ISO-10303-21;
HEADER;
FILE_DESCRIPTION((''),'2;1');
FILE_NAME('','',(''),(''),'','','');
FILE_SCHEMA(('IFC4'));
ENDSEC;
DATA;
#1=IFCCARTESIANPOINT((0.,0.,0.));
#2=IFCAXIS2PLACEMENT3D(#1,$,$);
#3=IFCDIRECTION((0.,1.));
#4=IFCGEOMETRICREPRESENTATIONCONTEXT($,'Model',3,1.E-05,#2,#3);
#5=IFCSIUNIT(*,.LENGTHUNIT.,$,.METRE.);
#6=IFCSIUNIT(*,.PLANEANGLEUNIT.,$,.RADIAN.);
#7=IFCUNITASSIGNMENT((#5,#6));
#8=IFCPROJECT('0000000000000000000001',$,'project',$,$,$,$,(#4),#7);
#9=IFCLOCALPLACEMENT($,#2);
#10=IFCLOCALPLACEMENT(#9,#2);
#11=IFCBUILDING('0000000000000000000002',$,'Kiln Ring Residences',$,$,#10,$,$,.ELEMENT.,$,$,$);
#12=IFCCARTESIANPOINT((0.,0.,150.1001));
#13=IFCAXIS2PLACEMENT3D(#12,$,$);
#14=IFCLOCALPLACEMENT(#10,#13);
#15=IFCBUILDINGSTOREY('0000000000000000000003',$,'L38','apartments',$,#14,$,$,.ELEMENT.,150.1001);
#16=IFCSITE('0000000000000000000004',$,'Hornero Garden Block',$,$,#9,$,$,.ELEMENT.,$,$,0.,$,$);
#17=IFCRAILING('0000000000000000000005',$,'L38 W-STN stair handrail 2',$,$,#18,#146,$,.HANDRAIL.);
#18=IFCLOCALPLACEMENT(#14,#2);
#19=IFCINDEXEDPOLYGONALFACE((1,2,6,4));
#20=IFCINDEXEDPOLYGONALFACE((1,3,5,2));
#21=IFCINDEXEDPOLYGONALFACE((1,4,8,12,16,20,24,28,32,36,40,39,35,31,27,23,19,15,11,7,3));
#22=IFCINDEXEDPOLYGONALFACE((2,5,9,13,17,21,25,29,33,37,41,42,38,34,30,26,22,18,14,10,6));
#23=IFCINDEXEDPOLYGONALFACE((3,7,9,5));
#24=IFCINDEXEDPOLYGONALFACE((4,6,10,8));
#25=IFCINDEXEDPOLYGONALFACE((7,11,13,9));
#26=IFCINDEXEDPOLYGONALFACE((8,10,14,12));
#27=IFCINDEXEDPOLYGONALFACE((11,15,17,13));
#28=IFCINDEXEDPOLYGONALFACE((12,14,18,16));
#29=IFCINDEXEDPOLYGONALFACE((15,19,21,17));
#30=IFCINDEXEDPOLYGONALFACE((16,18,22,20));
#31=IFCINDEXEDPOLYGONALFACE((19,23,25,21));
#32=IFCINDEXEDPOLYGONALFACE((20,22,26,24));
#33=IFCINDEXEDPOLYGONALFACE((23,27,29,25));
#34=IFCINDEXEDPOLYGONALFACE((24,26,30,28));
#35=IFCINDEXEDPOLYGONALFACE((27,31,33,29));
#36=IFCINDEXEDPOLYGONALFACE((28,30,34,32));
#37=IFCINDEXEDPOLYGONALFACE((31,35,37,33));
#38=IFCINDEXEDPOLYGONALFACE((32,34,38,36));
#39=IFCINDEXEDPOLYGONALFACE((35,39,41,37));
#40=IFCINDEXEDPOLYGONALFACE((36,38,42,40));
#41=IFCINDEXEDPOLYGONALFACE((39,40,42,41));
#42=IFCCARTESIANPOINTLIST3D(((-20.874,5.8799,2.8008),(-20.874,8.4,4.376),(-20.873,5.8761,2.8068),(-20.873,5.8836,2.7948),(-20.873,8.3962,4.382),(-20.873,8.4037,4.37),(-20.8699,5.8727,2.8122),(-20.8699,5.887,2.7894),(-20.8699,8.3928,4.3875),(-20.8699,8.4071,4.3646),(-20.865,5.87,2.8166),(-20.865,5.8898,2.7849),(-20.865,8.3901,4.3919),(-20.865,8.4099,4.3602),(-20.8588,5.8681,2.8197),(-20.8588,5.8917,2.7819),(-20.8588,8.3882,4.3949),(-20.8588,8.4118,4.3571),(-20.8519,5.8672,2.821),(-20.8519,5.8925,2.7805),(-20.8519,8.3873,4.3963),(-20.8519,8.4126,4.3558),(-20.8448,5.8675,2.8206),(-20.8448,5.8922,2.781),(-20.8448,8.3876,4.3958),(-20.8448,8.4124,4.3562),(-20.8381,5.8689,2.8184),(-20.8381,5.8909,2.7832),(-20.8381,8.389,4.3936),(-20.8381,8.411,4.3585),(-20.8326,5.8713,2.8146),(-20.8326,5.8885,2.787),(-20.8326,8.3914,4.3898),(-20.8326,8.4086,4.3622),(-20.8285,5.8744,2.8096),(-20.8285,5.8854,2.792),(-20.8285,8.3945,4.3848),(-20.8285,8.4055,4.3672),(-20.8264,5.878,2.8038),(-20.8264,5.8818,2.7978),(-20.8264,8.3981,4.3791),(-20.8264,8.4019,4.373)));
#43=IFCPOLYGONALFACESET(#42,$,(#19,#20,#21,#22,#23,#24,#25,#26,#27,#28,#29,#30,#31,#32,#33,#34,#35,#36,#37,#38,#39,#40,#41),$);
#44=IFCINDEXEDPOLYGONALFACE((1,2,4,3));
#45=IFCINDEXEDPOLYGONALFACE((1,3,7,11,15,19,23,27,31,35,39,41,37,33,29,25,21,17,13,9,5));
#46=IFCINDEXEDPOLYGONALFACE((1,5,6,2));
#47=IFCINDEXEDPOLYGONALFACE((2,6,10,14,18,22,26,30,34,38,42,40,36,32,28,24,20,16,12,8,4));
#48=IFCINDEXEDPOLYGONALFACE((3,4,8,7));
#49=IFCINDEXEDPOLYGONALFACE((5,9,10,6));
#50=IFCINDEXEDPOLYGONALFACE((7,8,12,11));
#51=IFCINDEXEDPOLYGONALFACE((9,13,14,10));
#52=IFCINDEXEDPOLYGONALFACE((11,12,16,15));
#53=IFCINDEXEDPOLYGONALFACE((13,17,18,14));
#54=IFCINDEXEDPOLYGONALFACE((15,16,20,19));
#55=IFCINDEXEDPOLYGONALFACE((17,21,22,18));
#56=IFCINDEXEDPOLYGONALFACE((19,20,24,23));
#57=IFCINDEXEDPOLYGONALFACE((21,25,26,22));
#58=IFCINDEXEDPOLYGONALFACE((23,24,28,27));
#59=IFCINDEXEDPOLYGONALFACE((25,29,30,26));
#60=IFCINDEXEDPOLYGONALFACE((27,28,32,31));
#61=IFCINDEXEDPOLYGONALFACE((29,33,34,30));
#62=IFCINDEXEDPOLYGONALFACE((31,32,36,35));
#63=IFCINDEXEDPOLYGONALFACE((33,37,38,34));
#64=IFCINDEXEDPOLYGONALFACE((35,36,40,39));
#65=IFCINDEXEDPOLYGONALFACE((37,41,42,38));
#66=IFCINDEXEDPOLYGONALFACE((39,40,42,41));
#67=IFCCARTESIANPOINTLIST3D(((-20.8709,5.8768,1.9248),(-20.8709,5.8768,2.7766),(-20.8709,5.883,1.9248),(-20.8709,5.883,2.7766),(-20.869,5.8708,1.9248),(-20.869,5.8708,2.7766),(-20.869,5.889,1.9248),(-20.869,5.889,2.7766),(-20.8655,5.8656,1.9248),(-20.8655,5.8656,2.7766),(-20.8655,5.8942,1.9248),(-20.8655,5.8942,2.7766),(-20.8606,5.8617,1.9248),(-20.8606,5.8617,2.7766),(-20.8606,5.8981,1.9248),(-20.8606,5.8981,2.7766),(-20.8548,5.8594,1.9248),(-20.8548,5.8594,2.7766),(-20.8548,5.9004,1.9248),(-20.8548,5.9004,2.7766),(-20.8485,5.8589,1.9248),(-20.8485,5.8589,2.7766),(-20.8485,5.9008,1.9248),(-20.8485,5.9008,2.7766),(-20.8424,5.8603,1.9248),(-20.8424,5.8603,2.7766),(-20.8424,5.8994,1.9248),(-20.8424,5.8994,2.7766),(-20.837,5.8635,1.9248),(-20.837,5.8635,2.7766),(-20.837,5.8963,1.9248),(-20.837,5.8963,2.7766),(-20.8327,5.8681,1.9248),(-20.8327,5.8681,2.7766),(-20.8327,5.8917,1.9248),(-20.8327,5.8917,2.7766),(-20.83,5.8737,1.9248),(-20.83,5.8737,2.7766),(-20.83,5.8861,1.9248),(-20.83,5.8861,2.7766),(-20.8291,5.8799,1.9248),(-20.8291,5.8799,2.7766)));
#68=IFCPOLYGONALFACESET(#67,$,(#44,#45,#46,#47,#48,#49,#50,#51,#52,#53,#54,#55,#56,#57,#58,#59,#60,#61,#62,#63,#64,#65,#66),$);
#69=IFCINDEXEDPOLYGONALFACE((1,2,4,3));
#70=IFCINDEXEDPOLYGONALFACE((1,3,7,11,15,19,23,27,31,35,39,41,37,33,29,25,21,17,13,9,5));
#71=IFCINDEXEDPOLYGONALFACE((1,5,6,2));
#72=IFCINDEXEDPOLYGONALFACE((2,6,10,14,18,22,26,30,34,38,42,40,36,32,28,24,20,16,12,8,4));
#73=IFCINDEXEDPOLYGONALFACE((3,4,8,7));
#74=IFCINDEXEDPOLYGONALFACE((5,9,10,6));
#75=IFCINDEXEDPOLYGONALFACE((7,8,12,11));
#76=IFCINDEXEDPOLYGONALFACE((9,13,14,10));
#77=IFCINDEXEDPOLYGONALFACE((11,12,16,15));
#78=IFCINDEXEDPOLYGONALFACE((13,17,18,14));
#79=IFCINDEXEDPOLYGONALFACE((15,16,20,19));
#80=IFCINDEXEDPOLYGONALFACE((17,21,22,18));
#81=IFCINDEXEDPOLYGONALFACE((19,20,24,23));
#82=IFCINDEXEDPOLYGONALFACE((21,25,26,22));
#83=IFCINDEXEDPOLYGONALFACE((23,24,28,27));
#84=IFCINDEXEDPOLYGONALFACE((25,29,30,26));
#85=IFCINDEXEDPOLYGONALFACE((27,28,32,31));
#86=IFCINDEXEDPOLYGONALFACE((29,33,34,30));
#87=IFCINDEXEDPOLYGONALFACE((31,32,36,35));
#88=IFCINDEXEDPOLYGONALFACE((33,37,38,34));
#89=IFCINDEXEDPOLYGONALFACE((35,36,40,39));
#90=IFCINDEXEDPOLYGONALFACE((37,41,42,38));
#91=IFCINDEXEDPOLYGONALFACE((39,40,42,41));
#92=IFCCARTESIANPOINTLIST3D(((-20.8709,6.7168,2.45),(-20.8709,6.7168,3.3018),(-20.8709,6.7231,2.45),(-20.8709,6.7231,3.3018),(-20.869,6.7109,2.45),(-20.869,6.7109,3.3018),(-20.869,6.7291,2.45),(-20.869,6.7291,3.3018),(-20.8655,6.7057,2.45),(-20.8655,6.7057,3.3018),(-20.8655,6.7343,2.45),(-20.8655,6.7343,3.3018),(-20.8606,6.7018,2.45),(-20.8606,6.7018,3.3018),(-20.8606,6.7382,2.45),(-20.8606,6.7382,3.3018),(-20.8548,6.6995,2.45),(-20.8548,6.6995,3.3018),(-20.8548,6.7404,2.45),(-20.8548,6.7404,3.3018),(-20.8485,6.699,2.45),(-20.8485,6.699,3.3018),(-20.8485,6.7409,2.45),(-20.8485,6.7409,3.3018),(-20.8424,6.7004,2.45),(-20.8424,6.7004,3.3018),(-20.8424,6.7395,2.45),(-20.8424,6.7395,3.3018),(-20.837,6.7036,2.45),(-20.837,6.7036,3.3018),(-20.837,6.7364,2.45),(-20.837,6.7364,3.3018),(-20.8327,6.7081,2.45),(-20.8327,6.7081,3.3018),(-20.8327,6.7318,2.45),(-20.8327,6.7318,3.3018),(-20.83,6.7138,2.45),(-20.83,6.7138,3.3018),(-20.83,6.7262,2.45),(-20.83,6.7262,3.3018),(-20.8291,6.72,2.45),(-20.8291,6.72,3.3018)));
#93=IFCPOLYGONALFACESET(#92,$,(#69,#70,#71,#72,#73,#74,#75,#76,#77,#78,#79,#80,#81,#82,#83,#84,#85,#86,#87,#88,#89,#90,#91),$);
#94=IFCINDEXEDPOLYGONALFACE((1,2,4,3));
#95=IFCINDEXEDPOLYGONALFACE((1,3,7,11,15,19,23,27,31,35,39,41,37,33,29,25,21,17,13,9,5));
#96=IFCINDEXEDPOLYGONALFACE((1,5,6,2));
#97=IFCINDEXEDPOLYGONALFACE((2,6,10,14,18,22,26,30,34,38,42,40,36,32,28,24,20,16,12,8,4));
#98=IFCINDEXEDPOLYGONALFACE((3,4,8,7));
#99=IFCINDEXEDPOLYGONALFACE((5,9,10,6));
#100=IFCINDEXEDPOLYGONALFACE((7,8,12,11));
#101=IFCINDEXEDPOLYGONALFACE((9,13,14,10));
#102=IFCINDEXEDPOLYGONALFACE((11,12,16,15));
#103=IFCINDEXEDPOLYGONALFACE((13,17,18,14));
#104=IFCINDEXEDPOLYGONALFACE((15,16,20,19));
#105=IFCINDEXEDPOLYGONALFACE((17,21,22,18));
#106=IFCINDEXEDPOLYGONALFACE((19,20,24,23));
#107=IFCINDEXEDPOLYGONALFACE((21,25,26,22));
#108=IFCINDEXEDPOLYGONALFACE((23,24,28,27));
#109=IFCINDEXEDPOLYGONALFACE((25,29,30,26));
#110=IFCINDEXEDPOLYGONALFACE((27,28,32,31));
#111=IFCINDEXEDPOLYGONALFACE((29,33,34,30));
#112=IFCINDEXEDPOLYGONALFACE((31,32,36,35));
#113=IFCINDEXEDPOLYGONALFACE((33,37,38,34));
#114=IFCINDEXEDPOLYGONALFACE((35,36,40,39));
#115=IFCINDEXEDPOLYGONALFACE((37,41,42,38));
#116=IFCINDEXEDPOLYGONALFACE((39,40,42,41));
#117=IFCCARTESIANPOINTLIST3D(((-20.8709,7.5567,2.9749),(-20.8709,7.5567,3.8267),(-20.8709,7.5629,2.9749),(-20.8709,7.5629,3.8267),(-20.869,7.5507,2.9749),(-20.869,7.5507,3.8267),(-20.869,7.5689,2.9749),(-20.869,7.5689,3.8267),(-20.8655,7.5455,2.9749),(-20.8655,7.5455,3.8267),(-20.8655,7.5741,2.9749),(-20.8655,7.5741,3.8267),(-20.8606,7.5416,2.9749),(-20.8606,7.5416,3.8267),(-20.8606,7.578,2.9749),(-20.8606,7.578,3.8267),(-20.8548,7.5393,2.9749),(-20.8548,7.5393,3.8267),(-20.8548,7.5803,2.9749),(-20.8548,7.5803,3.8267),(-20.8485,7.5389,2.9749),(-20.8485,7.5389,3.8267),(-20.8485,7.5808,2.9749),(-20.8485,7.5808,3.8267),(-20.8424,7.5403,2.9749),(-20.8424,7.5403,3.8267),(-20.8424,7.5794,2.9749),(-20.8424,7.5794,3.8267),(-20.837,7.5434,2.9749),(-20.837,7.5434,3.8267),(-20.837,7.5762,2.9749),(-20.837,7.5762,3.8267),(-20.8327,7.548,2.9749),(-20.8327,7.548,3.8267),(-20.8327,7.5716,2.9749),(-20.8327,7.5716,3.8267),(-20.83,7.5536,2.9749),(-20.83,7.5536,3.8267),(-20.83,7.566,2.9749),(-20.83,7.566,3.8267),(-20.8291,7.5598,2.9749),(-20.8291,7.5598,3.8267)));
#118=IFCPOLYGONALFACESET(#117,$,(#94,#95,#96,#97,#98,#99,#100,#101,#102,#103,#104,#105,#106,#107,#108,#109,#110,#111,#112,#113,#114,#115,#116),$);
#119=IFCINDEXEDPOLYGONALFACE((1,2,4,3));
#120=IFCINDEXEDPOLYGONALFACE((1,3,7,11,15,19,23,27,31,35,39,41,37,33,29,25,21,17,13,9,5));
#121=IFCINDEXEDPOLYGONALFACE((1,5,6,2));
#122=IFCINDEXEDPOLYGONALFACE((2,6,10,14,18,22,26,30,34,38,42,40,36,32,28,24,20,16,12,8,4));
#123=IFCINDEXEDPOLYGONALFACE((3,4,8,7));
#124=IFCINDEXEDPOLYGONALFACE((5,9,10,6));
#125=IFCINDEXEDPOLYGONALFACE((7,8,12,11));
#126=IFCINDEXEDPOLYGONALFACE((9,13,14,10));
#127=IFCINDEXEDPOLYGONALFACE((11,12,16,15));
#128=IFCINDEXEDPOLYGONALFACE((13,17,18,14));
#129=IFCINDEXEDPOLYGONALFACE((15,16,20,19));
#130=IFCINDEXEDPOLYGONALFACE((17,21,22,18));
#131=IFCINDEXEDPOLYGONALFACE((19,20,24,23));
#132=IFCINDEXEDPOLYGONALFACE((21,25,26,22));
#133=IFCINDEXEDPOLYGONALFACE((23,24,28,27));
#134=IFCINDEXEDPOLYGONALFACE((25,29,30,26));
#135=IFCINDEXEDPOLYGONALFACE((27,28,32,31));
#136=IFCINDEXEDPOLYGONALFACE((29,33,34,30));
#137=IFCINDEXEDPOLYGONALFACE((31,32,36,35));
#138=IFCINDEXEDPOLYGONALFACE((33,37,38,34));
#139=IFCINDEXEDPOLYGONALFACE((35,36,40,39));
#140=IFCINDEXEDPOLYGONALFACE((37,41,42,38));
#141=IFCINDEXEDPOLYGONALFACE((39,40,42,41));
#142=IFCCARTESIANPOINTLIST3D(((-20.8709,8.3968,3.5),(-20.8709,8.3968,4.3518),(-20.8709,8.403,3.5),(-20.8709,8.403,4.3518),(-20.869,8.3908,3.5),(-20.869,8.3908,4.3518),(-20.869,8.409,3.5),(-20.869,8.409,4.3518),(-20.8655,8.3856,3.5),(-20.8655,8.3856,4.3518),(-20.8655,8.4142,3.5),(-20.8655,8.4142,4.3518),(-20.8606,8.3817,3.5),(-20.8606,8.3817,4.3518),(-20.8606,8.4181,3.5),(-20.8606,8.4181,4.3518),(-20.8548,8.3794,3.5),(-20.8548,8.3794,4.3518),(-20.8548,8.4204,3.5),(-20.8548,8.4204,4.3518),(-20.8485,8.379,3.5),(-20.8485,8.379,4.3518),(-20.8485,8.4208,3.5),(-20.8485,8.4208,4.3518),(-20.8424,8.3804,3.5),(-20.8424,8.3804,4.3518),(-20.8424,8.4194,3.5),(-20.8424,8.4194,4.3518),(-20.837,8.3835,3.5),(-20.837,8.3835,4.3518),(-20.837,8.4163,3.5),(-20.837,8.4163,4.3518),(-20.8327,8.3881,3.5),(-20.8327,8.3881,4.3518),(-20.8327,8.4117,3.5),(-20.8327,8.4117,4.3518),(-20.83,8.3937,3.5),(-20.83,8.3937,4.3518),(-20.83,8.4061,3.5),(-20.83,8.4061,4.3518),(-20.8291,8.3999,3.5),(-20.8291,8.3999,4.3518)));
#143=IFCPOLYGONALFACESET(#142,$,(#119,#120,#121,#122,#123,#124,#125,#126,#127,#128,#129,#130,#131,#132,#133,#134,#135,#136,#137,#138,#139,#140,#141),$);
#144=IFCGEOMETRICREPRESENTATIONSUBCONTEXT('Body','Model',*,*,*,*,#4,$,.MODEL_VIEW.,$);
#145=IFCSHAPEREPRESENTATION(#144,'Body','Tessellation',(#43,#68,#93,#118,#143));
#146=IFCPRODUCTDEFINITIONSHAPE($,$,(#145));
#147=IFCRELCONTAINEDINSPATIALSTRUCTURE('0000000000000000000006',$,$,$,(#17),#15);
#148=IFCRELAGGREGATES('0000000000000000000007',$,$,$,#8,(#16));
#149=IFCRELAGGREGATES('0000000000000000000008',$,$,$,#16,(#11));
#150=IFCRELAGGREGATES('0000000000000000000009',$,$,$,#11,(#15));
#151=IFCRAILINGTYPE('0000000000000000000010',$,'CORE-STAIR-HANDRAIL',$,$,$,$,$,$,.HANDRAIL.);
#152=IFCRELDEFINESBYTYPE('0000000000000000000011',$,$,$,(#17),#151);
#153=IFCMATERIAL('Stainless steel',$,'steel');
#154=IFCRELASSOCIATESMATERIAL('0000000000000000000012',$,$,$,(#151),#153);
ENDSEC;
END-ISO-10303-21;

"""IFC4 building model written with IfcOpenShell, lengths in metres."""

from ifc_helpers import new_model, si_unit, direction, frame, origin, origin_2d, place, context, subcontext, project, spatial, circle, extrude, material, type_object, element, save


model = new_model("IFC4")

# Units and contexts
model_context = context("Model", 3, precision=1e-05, world=origin(), true_north=direction((0.0, 1.0)))
body_context = subcontext(model_context, "Body", "Model", "MODEL_VIEW")
ifc_project = project(units=[si_unit("LENGTHUNIT", "METRE"), si_unit("PLANEANGLEUNIT", "RADIAN")], contexts=[model_context])

# Site, building, storey
site_placement = place(None, origin())
site = spatial("IfcSite", under=ifc_project, at=site_placement, Name="Hornero Garden Block", CompositionType="ELEMENT", RefElevation=0.0)
building_placement = place(site_placement, origin())
building = spatial("IfcBuilding", under=site, at=building_placement, Name="Kiln Ring Residences", CompositionType="ELEMENT")
storey_placement = place(building_placement, frame((0.0, 0.0, 150.1001)))
storey = spatial("IfcBuildingStorey", under=building, at=storey_placement, Name="L38", Description="apartments", CompositionType="ELEMENT", Elevation=150.1001)

# Railing
ifc_material_1 = material(Name="Stainless steel", Category="steel")
railing_type_1 = type_object("IfcRailingType", Name="CORE-STAIR-HANDRAIL", PredefinedType="HANDRAIL", material=ifc_material_1)
railing_1_placement = place(storey_placement, frame((-20.8501, 5.8799, 1.9248)))
element("IfcRailing", 1, at=railing_1_placement, inside=storey, type_object=railing_type_1, Name="L38 W-STN stair handrail 2", PredefinedType="HANDRAIL", context=body_context, shape_type="SweptSolid", body=[
    extrude(circle(Radius=0.0239, at=origin_2d()), frame((0.0, 0.0, 0.876), z_axis=(0.0, 0.847971, 0.530043), x_axis=(-1.0, 0.0, 0.0)), (0.0, 0.0, 1.0), 2.9719),
    extrude(circle(Radius=0.021, at=origin_2d()), origin(), (0.0, 0.0, 1.0), 0.8518),
    extrude(circle(Radius=0.021, at=origin_2d()), frame((0.0, 0.8401, 0.5251)), (0.0, 0.0, 1.0), 0.8518),
    extrude(circle(Radius=0.021, at=origin_2d()), frame((0.0, 1.6799, 1.05)), (0.0, 0.0, 1.0), 0.8518),
    extrude(circle(Radius=0.021, at=origin_2d()), frame((0.0, 2.52, 1.5752)), (0.0, 0.0, 1.0), 0.8518),
])

save(model, "model.ifc")
